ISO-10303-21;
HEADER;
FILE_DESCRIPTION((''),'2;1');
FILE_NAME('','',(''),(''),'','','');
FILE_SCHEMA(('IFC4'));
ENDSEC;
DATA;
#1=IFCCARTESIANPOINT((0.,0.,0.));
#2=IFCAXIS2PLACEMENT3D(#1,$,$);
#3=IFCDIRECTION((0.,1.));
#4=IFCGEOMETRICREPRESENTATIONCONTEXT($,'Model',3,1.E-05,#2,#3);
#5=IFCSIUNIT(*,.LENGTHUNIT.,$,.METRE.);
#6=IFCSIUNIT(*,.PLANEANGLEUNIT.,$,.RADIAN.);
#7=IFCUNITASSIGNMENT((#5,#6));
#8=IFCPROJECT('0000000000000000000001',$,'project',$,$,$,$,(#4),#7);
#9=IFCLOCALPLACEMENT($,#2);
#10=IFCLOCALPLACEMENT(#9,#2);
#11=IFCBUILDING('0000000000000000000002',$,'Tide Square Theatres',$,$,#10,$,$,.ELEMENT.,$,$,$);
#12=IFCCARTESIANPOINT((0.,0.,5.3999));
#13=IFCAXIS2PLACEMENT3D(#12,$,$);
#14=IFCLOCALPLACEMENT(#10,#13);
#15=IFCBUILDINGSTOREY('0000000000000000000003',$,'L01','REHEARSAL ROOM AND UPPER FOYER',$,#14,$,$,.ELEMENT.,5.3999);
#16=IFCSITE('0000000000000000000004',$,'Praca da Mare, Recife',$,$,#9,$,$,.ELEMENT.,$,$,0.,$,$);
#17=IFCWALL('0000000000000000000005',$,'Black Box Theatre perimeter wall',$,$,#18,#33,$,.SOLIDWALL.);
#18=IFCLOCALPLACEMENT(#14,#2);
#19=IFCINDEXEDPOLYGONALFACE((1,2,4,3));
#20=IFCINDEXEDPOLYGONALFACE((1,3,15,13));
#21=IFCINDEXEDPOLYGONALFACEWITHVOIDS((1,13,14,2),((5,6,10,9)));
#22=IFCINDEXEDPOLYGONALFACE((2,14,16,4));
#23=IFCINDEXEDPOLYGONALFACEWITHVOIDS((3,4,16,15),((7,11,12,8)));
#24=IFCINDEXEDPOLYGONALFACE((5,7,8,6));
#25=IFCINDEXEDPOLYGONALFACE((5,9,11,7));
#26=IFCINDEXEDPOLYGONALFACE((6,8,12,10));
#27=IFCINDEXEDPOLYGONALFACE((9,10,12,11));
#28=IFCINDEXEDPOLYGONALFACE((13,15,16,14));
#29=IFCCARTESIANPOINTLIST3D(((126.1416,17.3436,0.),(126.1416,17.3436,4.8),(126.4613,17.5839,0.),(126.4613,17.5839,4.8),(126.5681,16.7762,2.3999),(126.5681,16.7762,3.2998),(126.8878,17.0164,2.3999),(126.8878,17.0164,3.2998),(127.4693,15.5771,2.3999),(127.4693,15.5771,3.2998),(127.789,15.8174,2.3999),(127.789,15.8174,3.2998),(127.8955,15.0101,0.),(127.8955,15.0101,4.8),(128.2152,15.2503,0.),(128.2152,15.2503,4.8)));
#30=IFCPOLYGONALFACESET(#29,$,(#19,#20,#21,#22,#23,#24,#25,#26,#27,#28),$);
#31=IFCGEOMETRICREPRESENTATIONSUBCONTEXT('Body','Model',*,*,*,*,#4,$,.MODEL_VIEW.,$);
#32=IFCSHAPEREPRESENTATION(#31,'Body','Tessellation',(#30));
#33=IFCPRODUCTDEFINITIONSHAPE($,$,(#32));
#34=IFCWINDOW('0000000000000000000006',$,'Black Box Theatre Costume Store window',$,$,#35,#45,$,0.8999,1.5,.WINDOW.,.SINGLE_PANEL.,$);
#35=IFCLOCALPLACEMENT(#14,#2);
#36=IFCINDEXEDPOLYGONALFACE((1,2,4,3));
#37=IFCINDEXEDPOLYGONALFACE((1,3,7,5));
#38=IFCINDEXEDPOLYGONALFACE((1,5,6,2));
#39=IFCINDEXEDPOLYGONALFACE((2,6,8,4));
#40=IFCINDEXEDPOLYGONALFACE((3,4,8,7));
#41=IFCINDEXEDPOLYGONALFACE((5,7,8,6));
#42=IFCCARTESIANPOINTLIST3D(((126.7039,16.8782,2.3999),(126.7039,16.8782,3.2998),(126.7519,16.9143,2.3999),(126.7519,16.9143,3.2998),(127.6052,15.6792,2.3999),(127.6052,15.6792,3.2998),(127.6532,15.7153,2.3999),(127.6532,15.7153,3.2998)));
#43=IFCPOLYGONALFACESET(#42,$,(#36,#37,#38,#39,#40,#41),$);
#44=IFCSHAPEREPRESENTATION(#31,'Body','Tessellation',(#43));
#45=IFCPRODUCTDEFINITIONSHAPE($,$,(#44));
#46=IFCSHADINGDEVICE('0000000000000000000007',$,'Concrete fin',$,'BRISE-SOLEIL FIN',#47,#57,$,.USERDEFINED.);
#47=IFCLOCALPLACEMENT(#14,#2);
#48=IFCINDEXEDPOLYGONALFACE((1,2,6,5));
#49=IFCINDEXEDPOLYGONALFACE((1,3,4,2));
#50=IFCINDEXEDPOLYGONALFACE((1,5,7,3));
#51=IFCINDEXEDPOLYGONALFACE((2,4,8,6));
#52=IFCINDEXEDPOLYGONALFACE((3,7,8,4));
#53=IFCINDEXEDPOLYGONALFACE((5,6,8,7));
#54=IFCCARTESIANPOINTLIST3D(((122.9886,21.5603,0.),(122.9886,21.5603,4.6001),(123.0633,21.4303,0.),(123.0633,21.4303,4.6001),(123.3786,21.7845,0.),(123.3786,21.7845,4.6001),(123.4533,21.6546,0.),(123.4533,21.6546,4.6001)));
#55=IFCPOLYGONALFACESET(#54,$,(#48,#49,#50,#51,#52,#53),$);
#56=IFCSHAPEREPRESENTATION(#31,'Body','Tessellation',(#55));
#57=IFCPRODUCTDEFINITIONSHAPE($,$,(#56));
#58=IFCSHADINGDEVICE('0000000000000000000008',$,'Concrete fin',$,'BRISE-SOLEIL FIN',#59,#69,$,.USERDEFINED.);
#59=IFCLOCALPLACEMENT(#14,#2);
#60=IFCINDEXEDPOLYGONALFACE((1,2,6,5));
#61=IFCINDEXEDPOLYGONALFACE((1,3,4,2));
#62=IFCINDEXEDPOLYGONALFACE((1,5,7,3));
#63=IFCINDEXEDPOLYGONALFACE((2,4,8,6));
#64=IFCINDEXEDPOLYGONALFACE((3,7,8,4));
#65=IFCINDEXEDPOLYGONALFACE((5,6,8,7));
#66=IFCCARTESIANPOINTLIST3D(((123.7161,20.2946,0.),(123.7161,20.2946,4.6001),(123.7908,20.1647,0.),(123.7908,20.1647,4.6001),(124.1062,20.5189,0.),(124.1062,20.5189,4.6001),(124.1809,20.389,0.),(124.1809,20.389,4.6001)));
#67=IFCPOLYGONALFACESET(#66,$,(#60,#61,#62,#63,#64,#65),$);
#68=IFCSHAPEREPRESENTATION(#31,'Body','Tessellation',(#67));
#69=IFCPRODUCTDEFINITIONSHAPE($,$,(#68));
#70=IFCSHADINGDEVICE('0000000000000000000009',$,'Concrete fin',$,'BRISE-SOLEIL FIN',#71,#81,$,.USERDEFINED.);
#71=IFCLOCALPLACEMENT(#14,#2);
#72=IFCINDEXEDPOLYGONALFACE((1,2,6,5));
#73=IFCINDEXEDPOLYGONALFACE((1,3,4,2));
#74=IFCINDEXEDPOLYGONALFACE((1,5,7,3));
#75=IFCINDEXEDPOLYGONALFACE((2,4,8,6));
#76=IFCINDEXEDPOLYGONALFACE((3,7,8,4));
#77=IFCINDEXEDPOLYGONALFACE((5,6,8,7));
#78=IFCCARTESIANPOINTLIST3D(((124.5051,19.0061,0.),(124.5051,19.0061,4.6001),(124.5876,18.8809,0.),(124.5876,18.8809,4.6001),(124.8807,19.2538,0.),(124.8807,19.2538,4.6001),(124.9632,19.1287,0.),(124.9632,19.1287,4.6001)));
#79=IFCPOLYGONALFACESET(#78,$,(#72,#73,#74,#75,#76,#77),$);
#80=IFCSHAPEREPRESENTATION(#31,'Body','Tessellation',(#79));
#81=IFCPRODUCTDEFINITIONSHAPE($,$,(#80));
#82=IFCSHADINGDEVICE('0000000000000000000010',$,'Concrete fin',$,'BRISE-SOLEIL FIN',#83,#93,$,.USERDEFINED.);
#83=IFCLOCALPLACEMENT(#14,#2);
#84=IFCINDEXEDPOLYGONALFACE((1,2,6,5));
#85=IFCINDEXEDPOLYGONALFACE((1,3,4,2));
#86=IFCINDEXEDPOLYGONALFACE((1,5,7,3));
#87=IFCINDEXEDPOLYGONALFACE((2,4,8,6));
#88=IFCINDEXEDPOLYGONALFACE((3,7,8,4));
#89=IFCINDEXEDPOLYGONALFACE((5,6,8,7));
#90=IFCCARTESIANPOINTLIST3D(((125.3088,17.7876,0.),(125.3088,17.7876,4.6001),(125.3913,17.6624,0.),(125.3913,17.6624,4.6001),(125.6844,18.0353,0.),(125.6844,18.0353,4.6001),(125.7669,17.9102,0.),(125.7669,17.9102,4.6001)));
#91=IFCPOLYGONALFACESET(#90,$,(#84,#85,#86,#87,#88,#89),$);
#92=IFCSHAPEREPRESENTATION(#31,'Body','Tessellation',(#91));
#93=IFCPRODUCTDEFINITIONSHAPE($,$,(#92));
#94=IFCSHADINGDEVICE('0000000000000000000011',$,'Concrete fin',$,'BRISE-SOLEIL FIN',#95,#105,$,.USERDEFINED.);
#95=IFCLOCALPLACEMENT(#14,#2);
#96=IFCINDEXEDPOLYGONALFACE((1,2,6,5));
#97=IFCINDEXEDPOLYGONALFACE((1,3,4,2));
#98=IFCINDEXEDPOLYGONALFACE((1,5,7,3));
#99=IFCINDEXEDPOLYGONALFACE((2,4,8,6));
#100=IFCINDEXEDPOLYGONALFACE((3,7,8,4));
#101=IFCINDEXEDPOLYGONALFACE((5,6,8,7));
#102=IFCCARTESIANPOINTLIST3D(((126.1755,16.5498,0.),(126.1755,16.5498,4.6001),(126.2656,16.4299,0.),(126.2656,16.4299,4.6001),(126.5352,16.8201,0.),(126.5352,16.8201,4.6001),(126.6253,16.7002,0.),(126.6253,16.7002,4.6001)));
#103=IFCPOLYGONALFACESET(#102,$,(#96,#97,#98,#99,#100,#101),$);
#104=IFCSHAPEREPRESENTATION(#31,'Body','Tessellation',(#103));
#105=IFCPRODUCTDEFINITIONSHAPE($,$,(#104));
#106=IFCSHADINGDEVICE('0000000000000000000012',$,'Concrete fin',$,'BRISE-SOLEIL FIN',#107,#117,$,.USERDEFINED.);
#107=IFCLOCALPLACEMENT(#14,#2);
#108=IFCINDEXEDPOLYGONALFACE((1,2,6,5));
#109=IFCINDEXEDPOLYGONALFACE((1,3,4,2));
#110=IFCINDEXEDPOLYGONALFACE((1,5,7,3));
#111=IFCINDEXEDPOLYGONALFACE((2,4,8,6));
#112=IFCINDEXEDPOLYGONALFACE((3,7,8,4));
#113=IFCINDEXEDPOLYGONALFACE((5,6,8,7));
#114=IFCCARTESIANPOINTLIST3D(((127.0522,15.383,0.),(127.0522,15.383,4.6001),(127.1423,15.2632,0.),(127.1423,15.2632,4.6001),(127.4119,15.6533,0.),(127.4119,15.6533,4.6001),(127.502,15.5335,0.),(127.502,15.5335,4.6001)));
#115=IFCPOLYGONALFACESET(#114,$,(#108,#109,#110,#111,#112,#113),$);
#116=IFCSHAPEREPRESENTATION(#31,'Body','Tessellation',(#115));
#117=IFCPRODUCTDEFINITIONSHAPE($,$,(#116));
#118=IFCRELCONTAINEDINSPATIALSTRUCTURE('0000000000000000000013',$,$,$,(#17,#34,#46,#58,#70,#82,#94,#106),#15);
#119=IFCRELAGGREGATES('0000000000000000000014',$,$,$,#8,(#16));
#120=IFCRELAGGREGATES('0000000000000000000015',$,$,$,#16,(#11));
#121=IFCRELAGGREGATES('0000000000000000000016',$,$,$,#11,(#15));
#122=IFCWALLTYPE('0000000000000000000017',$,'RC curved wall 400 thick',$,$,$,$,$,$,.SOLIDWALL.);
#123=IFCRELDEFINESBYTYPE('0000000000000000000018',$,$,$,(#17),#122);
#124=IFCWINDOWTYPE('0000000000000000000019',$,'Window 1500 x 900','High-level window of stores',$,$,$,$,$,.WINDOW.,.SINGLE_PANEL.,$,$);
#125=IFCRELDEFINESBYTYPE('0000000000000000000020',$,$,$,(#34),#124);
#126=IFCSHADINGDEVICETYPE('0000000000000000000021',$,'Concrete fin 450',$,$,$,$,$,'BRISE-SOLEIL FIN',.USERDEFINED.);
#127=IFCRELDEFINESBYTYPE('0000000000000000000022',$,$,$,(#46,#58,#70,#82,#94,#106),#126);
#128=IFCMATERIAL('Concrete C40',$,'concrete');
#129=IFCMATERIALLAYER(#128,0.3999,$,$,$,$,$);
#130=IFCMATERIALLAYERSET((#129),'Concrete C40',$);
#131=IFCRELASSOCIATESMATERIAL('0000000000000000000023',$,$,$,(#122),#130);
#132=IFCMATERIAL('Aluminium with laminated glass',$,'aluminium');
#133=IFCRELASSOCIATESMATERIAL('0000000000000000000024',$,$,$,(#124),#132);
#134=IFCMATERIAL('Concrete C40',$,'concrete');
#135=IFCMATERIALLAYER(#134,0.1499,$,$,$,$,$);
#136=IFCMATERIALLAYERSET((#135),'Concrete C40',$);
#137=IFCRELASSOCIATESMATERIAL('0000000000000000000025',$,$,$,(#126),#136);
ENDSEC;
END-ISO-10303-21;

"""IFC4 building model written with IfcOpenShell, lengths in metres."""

from ifc_helpers import new_model, si_unit, direction, frame, frame_2d, origin, origin_2d, place, context, subcontext, project, spatial, rectangle, extrude, material, layer, layer_set, type_object, element, fill, save


model = new_model("IFC4")

# Units and contexts
model_context = context("Model", 3, precision=1e-05, world=origin(), true_north=direction((0.0, 1.0)))
body_context = subcontext(model_context, "Body", "Model", "MODEL_VIEW")
ifc_project = project(units=[si_unit("LENGTHUNIT", "METRE"), si_unit("PLANEANGLEUNIT", "RADIAN")], contexts=[model_context])

# Site, building, storey
site_placement = place(None, origin())
site = spatial("IfcSite", under=ifc_project, at=site_placement, Name="Praca da Mare, Recife", CompositionType="ELEMENT", RefElevation=0.0)
building_placement = place(site_placement, origin())
building = spatial("IfcBuilding", under=site, at=building_placement, Name="Tide Square Theatres", CompositionType="ELEMENT")
storey_placement = place(building_placement, frame((0.0, 0.0, 5.3999)))
storey = spatial("IfcBuildingStorey", under=building, at=storey_placement, Name="L01", Description="REHEARSAL ROOM AND UPPER FOYER", CompositionType="ELEMENT", Elevation=5.3999)

# Wall, opening, window
ifc_material_1 = material(Name="Concrete C40", Category="concrete")
ifc_layer_1 = layer(ifc_material_1, 0.3999)
ifc_layer_set_1 = layer_set([ifc_layer_1], Name="Concrete C40")
wall_type = type_object("IfcWallType", Name="RC curved wall 400 thick", PredefinedType="SOLIDWALL", material=ifc_layer_set_1)
ifc_material_2 = material(Name="Aluminium with laminated glass", Category="aluminium")
window_type = type_object("IfcWindowType", Name="Window 1500 x 900", Description="High-level window of stores", PartitioningType="SINGLE_PANEL", PredefinedType="WINDOW", material=ifc_material_2)
wall_1_placement = place(storey_placement, frame((126.3015, 17.4636, 0.0), z_axis=(0.0, 0.0, 1.0), x_axis=(0.600829, -0.799377, 0.0)))
wall_1 = element("IfcWall", 1, at=wall_1_placement, inside=storey, type_object=wall_type, Name="Black Box Theatre perimeter wall", PredefinedType="SOLIDWALL", context=body_context, shape_type="SweptSolid", body=[
    extrude(rectangle(XDim=2.9192, YDim=0.3999, at=frame_2d((1.4595, 0.0))), origin(), (0.0, 0.0, 1.0), 4.8),
])
opening_1_placement = place(wall_1_placement, frame((0.7097, 0.0, 2.3999)))
opening_1 = element("IfcOpeningElement", 2, at=opening_1_placement, cuts=wall_1, PredefinedType="OPENING", context=body_context, shape_type="SweptSolid", body=[
    extrude(rectangle(XDim=1.5, YDim=0.8999, at=frame_2d((0.75, 0.45))), frame((0.0, 0.21, 0.0), z_axis=(0.0, -1.0, 0.0), x_axis=(1.0, 0.0, 0.0)), (0.0, 0.0, 1.0), 0.4199),
])
window_1_placement = place(opening_1_placement, origin())
window_1 = element("IfcWindow", 3, at=window_1_placement, inside=storey, type_object=window_type, Name="Black Box Theatre Costume Store window", OverallHeight=0.8999, OverallWidth=1.5, PartitioningType="SINGLE_PANEL", PredefinedType="WINDOW", context=body_context, shape_type="SweptSolid", body=[
    extrude(rectangle(XDim=1.5, YDim=0.8999, at=frame_2d((0.75, 0.45))), frame((0.0, 0.03, 0.0), z_axis=(0.0, -1.0, 0.0), x_axis=(1.0, 0.0, 0.0)), (0.0, 0.0, 1.0), 0.0601),
])
fill(opening_1, window_1)

# Shading devices
ifc_material_3 = material(Name="Concrete C40", Category="concrete")
ifc_layer_2 = layer(ifc_material_3, 0.1499)
ifc_layer_set_2 = layer_set([ifc_layer_2], Name="Concrete C40")
shading_device_type = type_object("IfcShadingDeviceType", Name="Concrete fin 450", ElementType="BRISE-SOLEIL FIN", PredefinedType="USERDEFINED", material=ifc_layer_set_2)
for number, where, z_axis, x_axis, name in (
    (4, (123.2209, 21.6074, 0.0), (0.0, 0.0, 1.0), (0.498442, -0.866923, 0.0), "Concrete fin"),
    (5, (123.9485, 20.3418, 0.0), (0.0, 0.0, 1.0), (0.498442, -0.866923, 0.0), "Concrete fin"),
    (6, (124.7341, 19.0674, 0.0), (0.0, 0.0, 1.0), (0.550612, -0.834761, 0.0), "Concrete fin"),
    (7, (125.5378, 17.8489, 0.0), (0.0, 0.0, 1.0), (0.550612, -0.834761, 0.0), "Concrete fin"),
    (8, (126.4004, 16.625, 0.0), (0.0, 0.0, 1.0), (0.600769, -0.799423, 0.0), "Concrete fin"),
    (9, (127.2771, 15.4583, 0.0), (0.0, 0.0, 1.0), (0.600769, -0.799423, 0.0), "Concrete fin"),
):
    element("IfcShadingDevice", number, at=place(storey_placement, frame(where, z_axis=z_axis, x_axis=x_axis)), inside=storey, type_object=shading_device_type, Name=name, ObjectType="BRISE-SOLEIL FIN", PredefinedType="USERDEFINED", context=body_context, shape_type="SweptSolid", body=[
        extrude(rectangle(XDim=0.1499, YDim=0.45, at=origin_2d()), origin(), (0.0, 0.0, 1.0), 4.6001),
    ])

save(model, "model.ifc")
